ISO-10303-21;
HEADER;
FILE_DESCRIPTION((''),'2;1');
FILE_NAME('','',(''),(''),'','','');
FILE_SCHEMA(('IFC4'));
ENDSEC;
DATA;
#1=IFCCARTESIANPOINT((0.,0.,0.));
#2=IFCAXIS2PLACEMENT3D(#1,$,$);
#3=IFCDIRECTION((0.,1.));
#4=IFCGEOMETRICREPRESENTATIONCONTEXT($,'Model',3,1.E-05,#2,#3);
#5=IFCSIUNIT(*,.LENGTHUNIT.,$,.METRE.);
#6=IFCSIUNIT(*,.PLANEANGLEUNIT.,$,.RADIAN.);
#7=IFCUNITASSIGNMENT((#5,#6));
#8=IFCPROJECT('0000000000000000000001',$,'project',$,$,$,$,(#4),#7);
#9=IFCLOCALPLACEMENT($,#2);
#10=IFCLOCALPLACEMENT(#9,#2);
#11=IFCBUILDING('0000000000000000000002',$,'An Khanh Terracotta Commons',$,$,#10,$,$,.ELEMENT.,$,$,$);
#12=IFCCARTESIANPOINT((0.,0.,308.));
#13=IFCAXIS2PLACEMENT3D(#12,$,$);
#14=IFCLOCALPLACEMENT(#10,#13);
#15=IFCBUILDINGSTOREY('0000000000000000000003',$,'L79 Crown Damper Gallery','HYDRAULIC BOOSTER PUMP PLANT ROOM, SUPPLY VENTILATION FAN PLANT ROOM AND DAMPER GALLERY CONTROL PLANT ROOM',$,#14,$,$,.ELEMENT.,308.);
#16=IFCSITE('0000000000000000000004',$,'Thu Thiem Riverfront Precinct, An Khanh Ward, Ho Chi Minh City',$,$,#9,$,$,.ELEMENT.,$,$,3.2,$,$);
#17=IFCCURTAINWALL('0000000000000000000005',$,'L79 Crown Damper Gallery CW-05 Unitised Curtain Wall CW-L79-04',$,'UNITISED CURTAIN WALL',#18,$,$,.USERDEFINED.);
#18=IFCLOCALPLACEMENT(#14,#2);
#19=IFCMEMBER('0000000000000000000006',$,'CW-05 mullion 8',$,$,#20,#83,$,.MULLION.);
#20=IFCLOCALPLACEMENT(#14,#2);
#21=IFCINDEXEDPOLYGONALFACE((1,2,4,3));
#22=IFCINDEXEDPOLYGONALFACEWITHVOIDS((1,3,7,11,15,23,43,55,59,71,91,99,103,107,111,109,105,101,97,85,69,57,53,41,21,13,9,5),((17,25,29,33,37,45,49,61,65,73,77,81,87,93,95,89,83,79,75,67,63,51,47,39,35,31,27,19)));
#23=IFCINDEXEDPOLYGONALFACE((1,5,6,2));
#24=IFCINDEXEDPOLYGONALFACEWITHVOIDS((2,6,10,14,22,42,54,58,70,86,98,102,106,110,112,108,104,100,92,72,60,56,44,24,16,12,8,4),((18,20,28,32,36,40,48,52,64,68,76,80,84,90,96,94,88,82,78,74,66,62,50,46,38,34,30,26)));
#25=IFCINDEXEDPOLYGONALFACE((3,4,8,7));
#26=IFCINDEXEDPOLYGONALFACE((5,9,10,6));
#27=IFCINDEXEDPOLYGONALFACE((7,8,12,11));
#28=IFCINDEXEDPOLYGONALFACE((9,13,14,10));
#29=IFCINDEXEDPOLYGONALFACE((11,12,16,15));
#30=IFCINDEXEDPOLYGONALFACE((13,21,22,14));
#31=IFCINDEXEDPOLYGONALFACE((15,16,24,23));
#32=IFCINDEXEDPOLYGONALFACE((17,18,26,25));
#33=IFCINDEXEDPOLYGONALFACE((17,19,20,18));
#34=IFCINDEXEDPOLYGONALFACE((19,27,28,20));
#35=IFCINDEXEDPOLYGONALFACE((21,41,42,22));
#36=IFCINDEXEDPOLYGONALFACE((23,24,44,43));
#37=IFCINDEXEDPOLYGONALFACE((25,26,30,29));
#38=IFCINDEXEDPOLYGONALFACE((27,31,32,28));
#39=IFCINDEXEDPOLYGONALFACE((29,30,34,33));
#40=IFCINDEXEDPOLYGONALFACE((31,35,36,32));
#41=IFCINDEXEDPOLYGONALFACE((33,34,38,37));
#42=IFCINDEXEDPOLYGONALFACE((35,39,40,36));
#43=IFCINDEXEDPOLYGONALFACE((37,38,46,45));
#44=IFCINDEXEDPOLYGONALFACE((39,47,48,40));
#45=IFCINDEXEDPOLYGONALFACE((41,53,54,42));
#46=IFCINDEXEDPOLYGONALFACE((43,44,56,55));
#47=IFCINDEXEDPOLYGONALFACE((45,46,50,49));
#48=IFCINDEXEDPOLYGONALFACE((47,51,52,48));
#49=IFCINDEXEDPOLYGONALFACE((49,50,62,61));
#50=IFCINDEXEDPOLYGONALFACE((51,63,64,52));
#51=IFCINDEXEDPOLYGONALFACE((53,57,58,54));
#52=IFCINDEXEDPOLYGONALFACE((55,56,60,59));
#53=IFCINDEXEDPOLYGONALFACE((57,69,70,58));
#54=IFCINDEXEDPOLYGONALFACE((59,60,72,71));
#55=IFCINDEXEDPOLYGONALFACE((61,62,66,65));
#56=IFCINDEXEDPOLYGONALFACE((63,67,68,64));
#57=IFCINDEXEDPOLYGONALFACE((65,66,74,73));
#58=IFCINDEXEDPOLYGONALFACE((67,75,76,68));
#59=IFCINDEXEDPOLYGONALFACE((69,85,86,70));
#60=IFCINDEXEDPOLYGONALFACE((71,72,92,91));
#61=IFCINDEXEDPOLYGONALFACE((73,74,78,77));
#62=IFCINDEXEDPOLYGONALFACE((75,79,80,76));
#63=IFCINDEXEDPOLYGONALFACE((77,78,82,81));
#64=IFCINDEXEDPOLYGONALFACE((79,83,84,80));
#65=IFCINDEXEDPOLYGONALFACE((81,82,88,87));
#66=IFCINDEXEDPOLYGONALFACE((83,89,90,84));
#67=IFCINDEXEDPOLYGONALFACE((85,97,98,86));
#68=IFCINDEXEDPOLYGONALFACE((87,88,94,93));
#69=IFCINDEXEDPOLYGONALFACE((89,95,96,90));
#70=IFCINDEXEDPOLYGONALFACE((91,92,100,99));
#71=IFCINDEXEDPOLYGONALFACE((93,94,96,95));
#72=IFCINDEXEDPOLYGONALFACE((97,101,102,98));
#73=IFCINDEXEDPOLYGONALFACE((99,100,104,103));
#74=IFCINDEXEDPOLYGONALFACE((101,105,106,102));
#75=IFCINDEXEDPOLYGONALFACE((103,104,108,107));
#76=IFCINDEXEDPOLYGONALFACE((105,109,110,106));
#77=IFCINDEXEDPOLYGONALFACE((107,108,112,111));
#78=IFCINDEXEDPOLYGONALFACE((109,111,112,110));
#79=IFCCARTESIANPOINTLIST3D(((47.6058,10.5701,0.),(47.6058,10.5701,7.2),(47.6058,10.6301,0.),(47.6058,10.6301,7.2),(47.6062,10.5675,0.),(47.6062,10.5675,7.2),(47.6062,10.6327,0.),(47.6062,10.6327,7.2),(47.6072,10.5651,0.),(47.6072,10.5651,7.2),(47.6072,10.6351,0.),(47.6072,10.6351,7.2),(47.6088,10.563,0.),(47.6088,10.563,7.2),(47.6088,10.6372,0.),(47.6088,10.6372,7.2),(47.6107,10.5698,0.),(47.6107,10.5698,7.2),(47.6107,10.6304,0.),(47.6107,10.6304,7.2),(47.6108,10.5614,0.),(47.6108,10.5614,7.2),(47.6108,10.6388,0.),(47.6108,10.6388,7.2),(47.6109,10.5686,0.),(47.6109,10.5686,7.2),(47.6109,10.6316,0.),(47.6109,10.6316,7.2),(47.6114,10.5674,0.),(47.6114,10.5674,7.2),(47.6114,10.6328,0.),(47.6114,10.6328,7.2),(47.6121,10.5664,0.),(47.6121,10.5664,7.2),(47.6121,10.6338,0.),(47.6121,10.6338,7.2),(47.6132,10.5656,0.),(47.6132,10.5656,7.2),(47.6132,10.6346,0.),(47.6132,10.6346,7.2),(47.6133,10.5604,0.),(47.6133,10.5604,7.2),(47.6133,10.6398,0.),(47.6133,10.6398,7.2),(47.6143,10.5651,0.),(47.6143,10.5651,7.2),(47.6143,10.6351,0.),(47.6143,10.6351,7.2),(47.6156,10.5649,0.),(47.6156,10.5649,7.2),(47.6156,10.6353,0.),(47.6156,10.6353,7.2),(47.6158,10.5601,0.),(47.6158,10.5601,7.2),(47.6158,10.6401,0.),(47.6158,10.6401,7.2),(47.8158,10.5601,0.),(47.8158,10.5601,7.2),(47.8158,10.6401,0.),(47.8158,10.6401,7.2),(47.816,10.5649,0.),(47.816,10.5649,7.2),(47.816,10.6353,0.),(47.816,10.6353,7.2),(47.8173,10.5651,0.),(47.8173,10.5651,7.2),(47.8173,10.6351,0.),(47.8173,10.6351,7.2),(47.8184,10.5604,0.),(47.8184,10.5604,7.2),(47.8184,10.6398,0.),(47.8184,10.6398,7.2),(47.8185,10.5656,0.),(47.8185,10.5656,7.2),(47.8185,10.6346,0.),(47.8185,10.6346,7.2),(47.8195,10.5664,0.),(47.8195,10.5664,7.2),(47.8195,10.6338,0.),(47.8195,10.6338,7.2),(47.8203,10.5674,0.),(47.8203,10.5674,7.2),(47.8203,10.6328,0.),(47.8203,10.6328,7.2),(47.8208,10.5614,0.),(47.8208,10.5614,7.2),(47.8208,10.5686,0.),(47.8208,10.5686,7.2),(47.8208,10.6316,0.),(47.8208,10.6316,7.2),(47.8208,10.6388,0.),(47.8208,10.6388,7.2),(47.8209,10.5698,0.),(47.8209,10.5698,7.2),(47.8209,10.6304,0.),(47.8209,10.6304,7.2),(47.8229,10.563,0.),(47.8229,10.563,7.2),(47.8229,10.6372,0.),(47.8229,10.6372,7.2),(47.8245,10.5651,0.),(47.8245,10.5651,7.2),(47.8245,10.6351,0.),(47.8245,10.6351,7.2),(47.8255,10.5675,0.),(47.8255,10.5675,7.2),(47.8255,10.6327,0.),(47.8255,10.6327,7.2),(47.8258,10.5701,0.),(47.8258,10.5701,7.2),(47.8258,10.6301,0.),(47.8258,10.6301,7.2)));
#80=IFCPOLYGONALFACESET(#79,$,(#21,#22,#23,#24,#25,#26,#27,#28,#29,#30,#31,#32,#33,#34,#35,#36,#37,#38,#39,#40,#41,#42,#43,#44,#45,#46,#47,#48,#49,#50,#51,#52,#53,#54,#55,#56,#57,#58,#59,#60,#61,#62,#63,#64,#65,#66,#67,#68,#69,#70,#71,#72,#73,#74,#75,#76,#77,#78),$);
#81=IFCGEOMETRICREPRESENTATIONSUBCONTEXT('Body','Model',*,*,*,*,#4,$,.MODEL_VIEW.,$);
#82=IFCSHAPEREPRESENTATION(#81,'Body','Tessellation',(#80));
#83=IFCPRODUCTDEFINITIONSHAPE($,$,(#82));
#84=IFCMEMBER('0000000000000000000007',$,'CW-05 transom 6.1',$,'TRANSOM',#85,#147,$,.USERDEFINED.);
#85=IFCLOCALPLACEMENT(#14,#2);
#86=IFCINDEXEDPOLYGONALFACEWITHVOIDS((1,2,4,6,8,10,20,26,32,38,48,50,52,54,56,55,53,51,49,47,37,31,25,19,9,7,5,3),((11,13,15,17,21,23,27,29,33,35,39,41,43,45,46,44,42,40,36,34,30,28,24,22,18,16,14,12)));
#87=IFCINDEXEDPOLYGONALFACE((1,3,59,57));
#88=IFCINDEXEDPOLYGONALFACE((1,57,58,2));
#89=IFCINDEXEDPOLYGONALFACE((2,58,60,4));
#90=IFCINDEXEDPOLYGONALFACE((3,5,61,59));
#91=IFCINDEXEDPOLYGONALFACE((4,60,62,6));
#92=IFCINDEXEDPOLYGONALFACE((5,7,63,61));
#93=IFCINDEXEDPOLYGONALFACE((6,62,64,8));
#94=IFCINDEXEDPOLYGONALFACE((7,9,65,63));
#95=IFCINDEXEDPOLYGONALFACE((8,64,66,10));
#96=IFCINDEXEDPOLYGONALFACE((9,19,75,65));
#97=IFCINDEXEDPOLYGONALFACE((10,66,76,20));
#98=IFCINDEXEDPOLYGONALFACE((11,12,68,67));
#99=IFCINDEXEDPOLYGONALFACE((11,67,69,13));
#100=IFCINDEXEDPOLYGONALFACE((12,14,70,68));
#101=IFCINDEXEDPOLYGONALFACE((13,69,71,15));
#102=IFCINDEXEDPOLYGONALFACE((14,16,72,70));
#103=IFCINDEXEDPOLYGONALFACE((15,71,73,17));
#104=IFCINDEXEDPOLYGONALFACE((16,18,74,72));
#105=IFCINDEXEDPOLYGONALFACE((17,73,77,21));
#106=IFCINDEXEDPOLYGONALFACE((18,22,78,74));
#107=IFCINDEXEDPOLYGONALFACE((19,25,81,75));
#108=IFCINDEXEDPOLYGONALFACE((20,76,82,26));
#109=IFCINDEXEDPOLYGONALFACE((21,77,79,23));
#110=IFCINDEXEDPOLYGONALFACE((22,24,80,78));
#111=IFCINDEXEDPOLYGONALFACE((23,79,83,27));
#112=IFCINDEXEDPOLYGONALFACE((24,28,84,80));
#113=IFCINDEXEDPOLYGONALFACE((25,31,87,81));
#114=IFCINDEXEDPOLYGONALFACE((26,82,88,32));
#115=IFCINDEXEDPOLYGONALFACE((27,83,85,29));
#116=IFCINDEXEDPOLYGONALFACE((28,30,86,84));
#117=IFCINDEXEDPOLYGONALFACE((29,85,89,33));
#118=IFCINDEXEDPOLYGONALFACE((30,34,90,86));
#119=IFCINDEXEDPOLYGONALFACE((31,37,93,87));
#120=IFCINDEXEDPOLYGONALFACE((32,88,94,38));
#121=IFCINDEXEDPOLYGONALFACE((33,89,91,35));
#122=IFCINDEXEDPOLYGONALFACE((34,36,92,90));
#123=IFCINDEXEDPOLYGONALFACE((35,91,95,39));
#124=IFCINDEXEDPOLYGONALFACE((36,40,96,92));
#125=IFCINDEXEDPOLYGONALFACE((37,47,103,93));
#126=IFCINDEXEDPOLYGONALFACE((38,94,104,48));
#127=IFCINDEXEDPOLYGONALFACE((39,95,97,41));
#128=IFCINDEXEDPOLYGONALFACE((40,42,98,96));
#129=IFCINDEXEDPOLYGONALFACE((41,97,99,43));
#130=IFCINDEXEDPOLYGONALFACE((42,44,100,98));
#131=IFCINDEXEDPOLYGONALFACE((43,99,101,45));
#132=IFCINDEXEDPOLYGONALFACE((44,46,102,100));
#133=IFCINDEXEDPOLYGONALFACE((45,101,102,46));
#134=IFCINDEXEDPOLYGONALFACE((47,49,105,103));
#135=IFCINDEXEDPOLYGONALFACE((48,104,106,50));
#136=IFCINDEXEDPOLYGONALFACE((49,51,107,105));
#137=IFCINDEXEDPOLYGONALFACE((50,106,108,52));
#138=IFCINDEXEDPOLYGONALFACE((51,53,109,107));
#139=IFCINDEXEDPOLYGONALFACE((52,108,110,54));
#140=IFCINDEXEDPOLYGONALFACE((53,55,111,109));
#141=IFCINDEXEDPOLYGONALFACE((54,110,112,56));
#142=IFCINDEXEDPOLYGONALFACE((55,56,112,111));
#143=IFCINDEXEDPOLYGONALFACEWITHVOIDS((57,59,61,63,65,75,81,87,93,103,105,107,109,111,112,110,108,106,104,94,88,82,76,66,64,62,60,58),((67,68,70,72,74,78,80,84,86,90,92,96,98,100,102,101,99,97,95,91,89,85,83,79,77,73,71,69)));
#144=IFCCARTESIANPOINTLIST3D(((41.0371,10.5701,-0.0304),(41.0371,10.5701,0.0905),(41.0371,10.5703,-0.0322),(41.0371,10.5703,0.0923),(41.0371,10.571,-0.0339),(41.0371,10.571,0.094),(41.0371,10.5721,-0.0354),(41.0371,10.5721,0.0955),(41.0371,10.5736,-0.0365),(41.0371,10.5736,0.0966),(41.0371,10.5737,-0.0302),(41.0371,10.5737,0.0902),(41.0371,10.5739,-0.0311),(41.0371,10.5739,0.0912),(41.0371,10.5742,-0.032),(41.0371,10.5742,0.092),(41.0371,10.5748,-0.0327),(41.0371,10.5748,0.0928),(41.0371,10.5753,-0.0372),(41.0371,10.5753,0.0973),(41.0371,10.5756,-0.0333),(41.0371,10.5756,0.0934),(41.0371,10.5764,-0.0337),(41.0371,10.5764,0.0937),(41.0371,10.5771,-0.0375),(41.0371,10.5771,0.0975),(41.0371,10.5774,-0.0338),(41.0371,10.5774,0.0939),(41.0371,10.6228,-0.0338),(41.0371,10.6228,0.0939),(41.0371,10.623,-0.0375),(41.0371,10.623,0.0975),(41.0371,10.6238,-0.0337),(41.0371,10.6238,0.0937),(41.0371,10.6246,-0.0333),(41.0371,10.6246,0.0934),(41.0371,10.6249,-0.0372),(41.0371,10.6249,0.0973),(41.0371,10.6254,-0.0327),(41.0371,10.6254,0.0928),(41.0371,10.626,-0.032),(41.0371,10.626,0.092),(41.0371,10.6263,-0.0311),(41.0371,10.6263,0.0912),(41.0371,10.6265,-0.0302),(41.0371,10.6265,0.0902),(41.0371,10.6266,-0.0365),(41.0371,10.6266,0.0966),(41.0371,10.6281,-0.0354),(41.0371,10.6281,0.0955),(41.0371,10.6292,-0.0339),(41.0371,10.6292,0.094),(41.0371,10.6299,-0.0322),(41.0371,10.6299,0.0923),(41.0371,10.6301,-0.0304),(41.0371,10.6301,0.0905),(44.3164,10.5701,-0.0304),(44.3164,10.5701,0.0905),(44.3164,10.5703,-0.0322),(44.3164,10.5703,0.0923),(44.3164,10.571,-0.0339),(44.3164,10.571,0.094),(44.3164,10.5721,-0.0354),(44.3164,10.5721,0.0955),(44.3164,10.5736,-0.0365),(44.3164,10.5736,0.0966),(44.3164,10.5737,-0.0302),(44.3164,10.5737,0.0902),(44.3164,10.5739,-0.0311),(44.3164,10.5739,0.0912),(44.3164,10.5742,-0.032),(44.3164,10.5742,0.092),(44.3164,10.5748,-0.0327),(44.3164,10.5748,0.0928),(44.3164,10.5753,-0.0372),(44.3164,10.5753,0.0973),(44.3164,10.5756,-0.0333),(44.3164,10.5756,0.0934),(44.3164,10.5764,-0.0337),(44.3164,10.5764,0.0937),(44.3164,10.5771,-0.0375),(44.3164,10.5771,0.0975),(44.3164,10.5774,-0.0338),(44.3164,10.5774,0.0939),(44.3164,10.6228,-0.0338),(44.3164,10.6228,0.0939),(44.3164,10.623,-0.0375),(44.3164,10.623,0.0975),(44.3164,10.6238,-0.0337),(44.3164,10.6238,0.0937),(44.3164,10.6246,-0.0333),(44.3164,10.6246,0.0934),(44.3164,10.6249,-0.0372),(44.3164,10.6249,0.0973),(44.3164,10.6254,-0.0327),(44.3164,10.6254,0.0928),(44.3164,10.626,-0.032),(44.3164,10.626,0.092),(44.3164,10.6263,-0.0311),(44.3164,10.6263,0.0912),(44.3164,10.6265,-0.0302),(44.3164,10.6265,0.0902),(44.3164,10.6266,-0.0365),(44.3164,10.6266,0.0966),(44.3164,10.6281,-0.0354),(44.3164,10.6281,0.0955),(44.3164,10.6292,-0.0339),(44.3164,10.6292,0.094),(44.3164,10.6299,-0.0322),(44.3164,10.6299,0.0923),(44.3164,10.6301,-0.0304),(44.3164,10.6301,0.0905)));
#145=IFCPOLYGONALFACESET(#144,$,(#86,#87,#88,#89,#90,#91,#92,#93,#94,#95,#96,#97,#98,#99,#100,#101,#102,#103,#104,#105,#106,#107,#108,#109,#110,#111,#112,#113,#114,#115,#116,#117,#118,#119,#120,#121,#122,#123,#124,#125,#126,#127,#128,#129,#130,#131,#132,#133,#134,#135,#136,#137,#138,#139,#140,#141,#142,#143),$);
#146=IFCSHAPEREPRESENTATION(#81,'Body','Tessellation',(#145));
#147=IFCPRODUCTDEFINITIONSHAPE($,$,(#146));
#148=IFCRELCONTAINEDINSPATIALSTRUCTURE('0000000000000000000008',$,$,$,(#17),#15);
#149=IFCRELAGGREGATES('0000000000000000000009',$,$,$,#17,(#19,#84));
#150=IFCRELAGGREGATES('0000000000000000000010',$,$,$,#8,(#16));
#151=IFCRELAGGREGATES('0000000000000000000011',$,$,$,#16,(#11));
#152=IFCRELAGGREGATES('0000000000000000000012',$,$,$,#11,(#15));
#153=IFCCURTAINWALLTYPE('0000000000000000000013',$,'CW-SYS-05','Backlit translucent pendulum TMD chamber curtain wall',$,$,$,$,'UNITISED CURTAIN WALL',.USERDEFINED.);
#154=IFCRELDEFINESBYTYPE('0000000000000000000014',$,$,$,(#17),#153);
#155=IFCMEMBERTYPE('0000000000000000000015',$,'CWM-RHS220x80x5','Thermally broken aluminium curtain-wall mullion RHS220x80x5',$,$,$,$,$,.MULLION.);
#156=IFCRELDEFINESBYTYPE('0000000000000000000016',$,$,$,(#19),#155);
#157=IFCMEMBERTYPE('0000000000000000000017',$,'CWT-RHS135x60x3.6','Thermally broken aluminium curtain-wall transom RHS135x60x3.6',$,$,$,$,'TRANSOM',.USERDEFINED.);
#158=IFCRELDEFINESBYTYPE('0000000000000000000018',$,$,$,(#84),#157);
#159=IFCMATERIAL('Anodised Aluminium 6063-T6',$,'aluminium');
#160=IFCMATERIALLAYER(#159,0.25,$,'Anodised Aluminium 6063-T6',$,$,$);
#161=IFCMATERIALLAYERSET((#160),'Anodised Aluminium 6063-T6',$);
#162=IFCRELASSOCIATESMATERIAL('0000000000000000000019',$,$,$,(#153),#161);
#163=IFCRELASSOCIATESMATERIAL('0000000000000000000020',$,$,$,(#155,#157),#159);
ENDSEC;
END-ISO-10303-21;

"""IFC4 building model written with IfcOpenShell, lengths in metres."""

from ifc_helpers import new_model, si_unit, direction, frame, origin, origin_2d, place, context, subcontext, project, spatial, hollow_rectangle, extrude, material, layer, layer_set, material_profile, profile_set, type_object, element, aggregate, save


model = new_model("IFC4")

# Units and contexts
model_context = context("Model", 3, precision=1e-05, world=origin(), true_north=direction((0.0, 1.0)))
body_context = subcontext(model_context, "Body", "Model", "MODEL_VIEW")
ifc_project = project(units=[si_unit("LENGTHUNIT", "METRE"), si_unit("PLANEANGLEUNIT", "RADIAN")], contexts=[model_context])

# Site, building, storey
site_placement = place(None, origin())
site = spatial("IfcSite", under=ifc_project, at=site_placement, Name="Thu Thiem Riverfront Precinct, An Khanh Ward, Ho Chi Minh City", CompositionType="ELEMENT", RefElevation=3.2)
building_placement = place(site_placement, origin())
building = spatial("IfcBuilding", under=site, at=building_placement, Name="An Khanh Terracotta Commons", CompositionType="ELEMENT")
storey_placement = place(building_placement, frame((0.0, 0.0, 308.0)))
storey = spatial("IfcBuildingStorey", under=building, at=storey_placement, Name="L79 Crown Damper Gallery", Description="HYDRAULIC BOOSTER PUMP PLANT ROOM, SUPPLY VENTILATION FAN PLANT ROOM AND DAMPER GALLERY CONTROL PLANT ROOM", CompositionType="ELEMENT", Elevation=308.0)

# Curtain wall, members
ifc_material_1 = material(Name="Anodised Aluminium 6063-T6", Category="aluminium")
ifc_layer_1 = layer(ifc_material_1, 0.25, Name="Anodised Aluminium 6063-T6")
ifc_layer_set_1 = layer_set([ifc_layer_1], Name="Anodised Aluminium 6063-T6")
curtain_wall_type = type_object("IfcCurtainWallType", Name="CW-SYS-05", Description="Backlit translucent pendulum TMD chamber curtain wall", ElementType="UNITISED CURTAIN WALL", PredefinedType="USERDEFINED", material=ifc_layer_set_1)
curtain_wall_placement = place(storey_placement, origin())
curtain_wall = element("IfcCurtainWall", 1, at=curtain_wall_placement, inside=storey, type_object=curtain_wall_type, Name="L79 Crown Damper Gallery CW-05 Unitised Curtain Wall CW-L79-04", ObjectType="UNITISED CURTAIN WALL", PredefinedType="USERDEFINED")
ifc_material_profile_1 = material_profile(ifc_material_1, hollow_rectangle(XDim=0.0801, YDim=0.22, WallThickness=0.0049, InnerFilletRadius=0.0049, OuterFilletRadius=0.01, at=origin_2d()), Name="RHS220x80x5")
ifc_profile_set_1 = profile_set([ifc_material_profile_1], Name="Anodised Aluminium 6063-T6")
member_type_1 = type_object("IfcMemberType", Name="CWM-RHS220x80x5", Description="Thermally broken aluminium curtain-wall mullion RHS220x80x5", PredefinedType="MULLION", material=ifc_profile_set_1)
member_1_placement = place(storey_placement, frame((47.7158, 10.6001, 0.0), z_axis=(0.0, 0.0, 1.0), x_axis=(0.0, 1.0, 0.0)))
member_1 = element("IfcMember", 2, at=member_1_placement, type_object=member_type_1, Name="CW-05 mullion 8", PredefinedType="MULLION", context=body_context, shape_type="SweptSolid", body=[
    extrude(hollow_rectangle(XDim=0.0801, YDim=0.22, WallThickness=0.0049, InnerFilletRadius=0.0049, OuterFilletRadius=0.01, at=origin_2d()), origin(), (0.0, 0.0, 1.0), 7.2),
])
ifc_material_profile_2 = material_profile(ifc_material_1, hollow_rectangle(XDim=0.0601, YDim=0.135, WallThickness=0.0037, InnerFilletRadius=0.0037, OuterFilletRadius=0.0071, at=origin_2d()), Name="RHS135x60x3.6")
ifc_profile_set_2 = profile_set([ifc_material_profile_2], Name="Anodised Aluminium 6063-T6")
member_type_2 = type_object("IfcMemberType", Name="CWT-RHS135x60x3.6", Description="Thermally broken aluminium curtain-wall transom RHS135x60x3.6", ElementType="TRANSOM", PredefinedType="USERDEFINED", material=ifc_profile_set_2)
member_2_placement = place(storey_placement, frame((41.0371, 10.6001, 0.03), z_axis=(1.0, 0.0, 0.0), x_axis=(0.0, 1.0, 0.0)))
member_2 = element("IfcMember", 3, at=member_2_placement, type_object=member_type_2, Name="CW-05 transom 6.1", ObjectType="TRANSOM", PredefinedType="USERDEFINED", context=body_context, shape_type="SweptSolid", body=[
    extrude(hollow_rectangle(XDim=0.0601, YDim=0.135, WallThickness=0.0037, InnerFilletRadius=0.0037, OuterFilletRadius=0.0071, at=origin_2d()), origin(), (0.0, 0.0, 1.0), 3.2793),
])
aggregate(curtain_wall, [member_1, member_2])

save(model, "model.ifc")
